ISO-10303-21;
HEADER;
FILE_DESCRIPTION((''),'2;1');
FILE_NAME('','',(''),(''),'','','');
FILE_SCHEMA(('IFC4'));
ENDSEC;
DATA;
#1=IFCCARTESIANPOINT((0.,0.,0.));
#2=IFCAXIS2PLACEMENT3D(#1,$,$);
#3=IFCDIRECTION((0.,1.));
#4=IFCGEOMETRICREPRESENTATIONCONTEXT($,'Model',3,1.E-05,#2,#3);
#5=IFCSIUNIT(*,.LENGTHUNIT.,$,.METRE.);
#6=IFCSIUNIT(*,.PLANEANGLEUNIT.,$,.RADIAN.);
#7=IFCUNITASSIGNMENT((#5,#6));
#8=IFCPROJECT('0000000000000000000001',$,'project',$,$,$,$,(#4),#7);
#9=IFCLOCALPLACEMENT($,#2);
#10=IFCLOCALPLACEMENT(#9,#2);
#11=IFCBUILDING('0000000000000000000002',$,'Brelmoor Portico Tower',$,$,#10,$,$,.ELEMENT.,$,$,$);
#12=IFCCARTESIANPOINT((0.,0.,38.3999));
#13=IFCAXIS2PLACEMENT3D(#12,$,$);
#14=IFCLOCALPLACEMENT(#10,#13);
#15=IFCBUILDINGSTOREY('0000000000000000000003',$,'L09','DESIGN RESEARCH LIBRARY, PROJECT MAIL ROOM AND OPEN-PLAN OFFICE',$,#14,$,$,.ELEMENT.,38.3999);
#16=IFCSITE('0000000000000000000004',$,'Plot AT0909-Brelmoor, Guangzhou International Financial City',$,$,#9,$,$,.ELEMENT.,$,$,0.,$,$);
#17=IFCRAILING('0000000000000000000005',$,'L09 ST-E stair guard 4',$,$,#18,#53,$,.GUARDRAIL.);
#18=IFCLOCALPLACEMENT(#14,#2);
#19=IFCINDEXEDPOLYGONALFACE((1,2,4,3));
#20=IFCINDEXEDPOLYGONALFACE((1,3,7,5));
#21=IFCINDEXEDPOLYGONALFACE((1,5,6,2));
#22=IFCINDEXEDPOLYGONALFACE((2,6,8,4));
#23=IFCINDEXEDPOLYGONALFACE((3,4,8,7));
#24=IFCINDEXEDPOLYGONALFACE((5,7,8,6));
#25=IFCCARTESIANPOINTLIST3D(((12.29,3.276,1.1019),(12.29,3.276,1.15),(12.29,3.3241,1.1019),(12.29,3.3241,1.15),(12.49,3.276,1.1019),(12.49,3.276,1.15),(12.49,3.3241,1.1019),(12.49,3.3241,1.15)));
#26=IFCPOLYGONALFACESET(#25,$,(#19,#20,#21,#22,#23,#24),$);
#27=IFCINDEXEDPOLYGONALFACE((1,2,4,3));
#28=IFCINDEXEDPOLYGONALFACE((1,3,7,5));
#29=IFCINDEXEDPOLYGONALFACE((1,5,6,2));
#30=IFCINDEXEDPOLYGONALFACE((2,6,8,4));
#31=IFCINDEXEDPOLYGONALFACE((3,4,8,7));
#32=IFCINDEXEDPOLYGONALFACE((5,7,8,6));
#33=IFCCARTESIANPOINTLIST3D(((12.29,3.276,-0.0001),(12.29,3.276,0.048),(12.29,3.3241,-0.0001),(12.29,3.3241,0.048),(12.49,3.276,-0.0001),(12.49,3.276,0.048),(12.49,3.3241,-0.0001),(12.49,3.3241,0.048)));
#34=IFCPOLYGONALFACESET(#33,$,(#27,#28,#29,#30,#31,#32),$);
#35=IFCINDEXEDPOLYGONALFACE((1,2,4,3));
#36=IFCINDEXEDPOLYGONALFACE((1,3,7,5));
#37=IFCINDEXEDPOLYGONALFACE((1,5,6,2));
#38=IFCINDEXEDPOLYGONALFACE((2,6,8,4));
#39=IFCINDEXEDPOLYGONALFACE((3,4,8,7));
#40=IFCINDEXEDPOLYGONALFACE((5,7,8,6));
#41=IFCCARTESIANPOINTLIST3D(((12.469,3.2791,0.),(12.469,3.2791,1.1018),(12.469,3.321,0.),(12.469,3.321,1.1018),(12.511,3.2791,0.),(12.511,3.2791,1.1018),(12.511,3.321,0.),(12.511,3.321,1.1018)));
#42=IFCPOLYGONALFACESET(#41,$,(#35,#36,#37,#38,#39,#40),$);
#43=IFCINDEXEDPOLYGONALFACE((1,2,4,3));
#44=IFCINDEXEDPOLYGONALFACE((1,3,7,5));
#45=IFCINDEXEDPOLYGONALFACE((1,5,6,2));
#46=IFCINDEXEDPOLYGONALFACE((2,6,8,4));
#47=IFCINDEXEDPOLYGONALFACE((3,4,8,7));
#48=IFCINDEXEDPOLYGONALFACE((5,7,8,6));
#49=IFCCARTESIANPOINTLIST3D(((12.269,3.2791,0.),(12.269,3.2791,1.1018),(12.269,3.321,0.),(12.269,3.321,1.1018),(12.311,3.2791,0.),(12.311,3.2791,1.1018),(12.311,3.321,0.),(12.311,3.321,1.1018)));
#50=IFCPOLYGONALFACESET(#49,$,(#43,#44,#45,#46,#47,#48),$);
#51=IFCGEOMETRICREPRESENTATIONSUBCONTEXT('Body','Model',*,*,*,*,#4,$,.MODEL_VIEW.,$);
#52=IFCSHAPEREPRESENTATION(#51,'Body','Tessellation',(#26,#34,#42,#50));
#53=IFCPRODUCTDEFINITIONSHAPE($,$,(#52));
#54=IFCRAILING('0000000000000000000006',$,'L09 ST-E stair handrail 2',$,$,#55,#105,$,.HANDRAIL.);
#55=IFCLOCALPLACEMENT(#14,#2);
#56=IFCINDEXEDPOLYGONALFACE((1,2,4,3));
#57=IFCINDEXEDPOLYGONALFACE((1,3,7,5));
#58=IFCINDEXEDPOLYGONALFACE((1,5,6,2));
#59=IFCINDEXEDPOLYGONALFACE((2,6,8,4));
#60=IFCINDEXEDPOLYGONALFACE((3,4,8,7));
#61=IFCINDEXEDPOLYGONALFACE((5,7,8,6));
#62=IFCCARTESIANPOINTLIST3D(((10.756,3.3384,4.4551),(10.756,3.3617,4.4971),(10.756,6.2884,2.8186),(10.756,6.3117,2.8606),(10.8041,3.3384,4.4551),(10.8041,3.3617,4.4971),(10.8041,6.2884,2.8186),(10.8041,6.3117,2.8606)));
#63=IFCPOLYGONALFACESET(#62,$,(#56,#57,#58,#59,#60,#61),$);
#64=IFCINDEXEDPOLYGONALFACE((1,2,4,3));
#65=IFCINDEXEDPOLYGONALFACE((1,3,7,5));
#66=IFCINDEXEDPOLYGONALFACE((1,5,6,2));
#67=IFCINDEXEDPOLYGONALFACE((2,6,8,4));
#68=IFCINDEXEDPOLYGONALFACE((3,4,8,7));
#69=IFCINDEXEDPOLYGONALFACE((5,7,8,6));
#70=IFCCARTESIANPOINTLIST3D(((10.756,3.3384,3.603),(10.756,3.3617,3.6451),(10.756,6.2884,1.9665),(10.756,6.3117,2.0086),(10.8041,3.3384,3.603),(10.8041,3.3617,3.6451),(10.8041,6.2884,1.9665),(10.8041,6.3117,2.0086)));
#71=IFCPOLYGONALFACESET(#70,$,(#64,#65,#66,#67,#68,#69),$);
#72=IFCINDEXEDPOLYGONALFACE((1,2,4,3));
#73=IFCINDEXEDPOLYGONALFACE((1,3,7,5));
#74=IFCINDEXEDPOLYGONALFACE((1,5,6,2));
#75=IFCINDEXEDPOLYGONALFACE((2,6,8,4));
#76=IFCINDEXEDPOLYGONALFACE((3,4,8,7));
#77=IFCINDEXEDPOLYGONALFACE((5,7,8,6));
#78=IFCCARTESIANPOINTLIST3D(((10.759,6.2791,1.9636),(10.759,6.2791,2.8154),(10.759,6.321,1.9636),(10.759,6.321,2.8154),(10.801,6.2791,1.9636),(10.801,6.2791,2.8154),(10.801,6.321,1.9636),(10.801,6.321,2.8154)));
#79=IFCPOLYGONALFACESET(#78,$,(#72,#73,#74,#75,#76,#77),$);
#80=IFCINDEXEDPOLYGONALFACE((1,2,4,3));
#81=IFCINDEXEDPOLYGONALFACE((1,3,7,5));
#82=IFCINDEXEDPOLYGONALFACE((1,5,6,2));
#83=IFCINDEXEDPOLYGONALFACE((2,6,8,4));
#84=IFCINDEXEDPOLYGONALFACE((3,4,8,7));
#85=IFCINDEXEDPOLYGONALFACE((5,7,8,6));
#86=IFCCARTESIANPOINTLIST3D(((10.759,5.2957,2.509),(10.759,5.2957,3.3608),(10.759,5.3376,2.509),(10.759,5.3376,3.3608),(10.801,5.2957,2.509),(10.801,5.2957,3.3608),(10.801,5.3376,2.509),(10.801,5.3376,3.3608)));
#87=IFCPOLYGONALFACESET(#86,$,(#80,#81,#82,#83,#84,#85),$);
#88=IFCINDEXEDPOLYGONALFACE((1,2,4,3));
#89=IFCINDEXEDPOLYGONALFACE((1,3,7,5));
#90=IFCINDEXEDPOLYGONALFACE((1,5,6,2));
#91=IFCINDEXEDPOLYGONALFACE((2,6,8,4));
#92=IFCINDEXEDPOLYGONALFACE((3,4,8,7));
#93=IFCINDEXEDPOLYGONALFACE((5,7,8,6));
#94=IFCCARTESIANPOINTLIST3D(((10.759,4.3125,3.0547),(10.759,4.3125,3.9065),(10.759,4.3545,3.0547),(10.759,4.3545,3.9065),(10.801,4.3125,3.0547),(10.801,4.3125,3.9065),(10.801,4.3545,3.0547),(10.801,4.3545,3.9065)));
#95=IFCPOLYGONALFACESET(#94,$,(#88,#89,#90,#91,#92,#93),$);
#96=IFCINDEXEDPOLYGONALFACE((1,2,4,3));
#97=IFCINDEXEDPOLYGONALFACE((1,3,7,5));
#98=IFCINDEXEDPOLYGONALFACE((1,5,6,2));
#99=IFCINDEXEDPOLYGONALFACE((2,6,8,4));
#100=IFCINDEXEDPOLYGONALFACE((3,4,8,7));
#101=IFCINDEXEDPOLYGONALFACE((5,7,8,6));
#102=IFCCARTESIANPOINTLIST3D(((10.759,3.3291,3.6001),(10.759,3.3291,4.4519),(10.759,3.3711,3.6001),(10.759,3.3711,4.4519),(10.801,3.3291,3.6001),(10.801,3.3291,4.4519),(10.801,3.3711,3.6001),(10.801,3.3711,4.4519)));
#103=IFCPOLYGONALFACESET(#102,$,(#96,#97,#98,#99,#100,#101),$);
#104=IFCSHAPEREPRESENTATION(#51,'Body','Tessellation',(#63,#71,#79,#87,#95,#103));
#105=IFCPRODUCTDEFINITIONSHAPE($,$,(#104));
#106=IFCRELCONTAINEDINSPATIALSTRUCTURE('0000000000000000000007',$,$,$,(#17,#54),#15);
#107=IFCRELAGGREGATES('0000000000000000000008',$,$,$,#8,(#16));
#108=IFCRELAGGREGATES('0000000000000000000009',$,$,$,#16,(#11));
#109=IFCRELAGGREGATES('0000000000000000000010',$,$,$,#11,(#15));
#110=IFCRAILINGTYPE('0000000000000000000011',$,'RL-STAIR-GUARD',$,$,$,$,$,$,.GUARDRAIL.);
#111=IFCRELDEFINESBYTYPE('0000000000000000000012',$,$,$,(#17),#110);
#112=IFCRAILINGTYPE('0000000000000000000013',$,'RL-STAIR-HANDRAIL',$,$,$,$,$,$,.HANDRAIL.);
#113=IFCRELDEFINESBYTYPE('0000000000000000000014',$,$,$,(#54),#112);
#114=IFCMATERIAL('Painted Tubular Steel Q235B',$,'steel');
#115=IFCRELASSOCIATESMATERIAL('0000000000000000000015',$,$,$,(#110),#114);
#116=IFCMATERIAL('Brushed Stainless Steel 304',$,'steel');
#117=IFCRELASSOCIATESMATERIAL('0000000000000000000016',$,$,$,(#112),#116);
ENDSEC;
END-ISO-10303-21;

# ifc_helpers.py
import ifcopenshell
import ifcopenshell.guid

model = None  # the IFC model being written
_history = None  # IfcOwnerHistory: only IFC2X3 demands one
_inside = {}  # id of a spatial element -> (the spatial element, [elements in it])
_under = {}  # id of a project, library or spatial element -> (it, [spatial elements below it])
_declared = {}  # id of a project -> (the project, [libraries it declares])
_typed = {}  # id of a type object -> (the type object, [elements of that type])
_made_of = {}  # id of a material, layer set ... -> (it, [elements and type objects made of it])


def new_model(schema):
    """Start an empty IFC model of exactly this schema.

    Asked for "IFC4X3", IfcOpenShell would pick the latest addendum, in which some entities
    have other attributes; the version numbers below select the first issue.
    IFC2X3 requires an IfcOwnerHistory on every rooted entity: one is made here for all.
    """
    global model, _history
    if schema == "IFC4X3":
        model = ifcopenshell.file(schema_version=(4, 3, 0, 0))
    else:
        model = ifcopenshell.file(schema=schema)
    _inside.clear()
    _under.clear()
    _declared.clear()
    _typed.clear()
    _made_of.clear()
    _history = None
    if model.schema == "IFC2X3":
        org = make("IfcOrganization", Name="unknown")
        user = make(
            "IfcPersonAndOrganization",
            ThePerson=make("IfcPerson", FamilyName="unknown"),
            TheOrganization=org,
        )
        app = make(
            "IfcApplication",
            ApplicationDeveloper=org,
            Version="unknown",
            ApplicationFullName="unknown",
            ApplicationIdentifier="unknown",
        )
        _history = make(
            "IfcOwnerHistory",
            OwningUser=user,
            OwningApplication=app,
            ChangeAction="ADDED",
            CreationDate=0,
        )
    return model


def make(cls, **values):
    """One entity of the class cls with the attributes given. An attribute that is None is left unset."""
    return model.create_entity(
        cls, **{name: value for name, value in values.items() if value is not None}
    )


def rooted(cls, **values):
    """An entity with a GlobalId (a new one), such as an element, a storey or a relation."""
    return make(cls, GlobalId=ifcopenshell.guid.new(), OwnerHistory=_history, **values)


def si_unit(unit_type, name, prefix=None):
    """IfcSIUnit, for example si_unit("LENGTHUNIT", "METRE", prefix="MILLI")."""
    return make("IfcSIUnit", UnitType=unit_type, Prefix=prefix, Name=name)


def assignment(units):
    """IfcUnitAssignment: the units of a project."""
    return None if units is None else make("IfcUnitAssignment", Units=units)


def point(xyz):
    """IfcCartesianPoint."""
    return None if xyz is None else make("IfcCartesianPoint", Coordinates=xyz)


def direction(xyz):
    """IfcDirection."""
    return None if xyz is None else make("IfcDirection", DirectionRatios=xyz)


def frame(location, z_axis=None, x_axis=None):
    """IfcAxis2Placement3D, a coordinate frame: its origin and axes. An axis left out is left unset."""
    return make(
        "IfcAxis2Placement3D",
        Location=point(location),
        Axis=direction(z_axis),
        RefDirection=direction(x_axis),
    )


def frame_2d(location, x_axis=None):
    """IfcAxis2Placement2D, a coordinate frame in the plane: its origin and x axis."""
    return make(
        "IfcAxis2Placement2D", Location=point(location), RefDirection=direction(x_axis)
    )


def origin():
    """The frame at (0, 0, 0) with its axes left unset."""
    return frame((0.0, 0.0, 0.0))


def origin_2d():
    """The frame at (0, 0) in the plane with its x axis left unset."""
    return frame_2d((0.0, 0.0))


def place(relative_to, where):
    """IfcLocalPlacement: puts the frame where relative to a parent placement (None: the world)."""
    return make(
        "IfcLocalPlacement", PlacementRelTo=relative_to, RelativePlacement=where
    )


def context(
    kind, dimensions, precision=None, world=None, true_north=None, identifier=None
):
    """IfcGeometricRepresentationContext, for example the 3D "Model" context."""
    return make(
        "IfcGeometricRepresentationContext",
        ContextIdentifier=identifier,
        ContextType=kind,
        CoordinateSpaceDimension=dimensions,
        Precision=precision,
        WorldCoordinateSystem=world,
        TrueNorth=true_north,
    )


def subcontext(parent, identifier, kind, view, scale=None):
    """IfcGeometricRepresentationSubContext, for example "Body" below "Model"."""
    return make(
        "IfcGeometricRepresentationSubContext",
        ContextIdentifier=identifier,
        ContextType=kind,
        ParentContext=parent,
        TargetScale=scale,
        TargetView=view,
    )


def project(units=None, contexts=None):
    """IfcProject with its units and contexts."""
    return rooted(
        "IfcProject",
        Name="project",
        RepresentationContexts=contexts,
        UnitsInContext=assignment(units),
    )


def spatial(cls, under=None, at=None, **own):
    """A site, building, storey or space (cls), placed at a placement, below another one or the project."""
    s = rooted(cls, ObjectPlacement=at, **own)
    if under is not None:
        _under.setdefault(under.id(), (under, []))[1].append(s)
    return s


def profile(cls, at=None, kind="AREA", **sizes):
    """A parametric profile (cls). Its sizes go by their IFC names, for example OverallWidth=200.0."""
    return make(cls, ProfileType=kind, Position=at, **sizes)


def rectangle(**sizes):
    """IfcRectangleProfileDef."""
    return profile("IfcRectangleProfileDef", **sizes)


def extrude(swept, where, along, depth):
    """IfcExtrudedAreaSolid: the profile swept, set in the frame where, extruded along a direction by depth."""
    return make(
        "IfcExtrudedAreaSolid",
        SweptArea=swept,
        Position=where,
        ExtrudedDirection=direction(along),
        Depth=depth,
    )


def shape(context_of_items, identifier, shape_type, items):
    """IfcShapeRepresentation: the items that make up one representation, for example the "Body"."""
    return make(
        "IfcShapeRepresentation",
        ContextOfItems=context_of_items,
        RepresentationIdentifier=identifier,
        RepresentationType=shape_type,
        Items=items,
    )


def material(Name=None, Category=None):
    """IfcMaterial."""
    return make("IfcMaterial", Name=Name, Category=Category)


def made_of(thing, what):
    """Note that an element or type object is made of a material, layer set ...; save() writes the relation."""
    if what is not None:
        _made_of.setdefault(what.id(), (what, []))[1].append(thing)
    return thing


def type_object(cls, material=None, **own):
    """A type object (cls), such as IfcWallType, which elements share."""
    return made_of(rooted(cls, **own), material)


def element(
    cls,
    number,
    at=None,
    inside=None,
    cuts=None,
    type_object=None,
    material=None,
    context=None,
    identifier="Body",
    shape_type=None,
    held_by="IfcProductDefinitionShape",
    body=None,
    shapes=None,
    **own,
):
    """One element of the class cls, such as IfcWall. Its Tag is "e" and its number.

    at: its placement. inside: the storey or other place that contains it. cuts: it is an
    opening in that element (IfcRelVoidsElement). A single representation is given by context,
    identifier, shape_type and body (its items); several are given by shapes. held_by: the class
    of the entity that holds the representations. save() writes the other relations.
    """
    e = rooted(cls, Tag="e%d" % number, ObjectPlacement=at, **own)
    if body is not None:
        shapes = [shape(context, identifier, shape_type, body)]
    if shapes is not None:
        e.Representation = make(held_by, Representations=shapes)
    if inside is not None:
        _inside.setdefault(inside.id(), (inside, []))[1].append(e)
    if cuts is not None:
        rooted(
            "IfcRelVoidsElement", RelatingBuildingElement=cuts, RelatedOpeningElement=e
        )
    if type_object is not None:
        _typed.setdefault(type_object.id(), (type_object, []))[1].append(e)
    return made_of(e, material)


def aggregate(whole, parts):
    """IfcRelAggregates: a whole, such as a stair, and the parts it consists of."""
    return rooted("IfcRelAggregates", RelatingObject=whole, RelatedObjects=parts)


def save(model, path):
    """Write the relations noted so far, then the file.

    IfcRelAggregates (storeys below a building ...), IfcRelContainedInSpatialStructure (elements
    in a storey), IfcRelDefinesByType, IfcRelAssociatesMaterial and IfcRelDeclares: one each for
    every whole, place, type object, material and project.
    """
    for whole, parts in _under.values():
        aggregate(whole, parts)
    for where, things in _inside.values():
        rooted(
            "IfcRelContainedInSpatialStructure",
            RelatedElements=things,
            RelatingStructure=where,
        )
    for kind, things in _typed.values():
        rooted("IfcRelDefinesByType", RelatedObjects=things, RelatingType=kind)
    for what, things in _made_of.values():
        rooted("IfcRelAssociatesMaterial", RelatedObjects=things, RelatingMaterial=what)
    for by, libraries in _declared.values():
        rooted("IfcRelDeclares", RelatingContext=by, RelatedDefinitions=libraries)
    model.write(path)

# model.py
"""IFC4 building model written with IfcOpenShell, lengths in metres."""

from ifc_helpers import new_model, si_unit, direction, frame, origin, origin_2d, place, context, subcontext, project, spatial, rectangle, extrude, material, type_object, element, save


model = new_model("IFC4")

# Units and contexts
model_context = context("Model", 3, precision=1e-05, world=origin(), true_north=direction((0.0, 1.0)))
body_context = subcontext(model_context, "Body", "Model", "MODEL_VIEW")
ifc_project = project(units=[si_unit("LENGTHUNIT", "METRE"), si_unit("PLANEANGLEUNIT", "RADIAN")], contexts=[model_context])

# Site, building, storey
site_placement = place(None, origin())
site = spatial("IfcSite", under=ifc_project, at=site_placement, Name="Plot AT0909-Brelmoor, Guangzhou International Financial City", CompositionType="ELEMENT", RefElevation=0.0)
building_placement = place(site_placement, origin())
building = spatial("IfcBuilding", under=site, at=building_placement, Name="Brelmoor Portico Tower", CompositionType="ELEMENT")
storey_placement = place(building_placement, frame((0.0, 0.0, 38.3999)))
storey = spatial("IfcBuildingStorey", under=building, at=storey_placement, Name="L09", Description="DESIGN RESEARCH LIBRARY, PROJECT MAIL ROOM AND OPEN-PLAN OFFICE", CompositionType="ELEMENT", Elevation=38.3999)

# Railings
ifc_material_1 = material(Name="Painted Tubular Steel Q235B", Category="steel")
railing_type_1 = type_object("IfcRailingType", Name="RL-STAIR-GUARD", PredefinedType="GUARDRAIL", material=ifc_material_1)
railing_1_placement = place(storey_placement, frame((12.49, 3.3, 0.0)))
element("IfcRailing", 1, at=railing_1_placement, inside=storey, type_object=railing_type_1, Name="L09 ST-E stair guard 4", PredefinedType="GUARDRAIL", context=body_context, shape_type="SweptSolid", body=[
    extrude(rectangle(XDim=0.0481, YDim=0.0481, at=origin_2d()), frame((0.0, 0.0, 1.126), z_axis=(-1.0, 0.0, 0.0), x_axis=(0.0, -1.0, 0.0)), (0.0, 0.0, 1.0), 0.2),
    extrude(rectangle(XDim=0.0481, YDim=0.0481, at=origin_2d()), frame((0.0, 0.0, 0.0239), z_axis=(-1.0, 0.0, 0.0), x_axis=(0.0, -1.0, 0.0)), (0.0, 0.0, 1.0), 0.2),
    extrude(rectangle(XDim=0.042, YDim=0.042, at=origin_2d()), origin(), (0.0, 0.0, 1.0), 1.1018),
    extrude(rectangle(XDim=0.042, YDim=0.042, at=origin_2d()), frame((-0.2, 0.0, 0.0)), (0.0, 0.0, 1.0), 1.1018),
])
ifc_material_2 = material(Name="Brushed Stainless Steel 304", Category="steel")
railing_type_2 = type_object("IfcRailingType", Name="RL-STAIR-HANDRAIL", PredefinedType="HANDRAIL", material=ifc_material_2)
railing_2_placement = place(storey_placement, frame((10.78, 6.3, 1.9636)))
element("IfcRailing", 2, at=railing_2_placement, inside=storey, type_object=railing_type_2, Name="L09 ST-E stair handrail 2", PredefinedType="HANDRAIL", context=body_context, shape_type="SweptSolid", body=[
    extrude(rectangle(XDim=0.0481, YDim=0.0481, at=origin_2d()), frame((0.0, 0.0, 0.876), z_axis=(0.0, -0.874458, 0.485102), x_axis=(1.0, 0.0, 0.0)), (0.0, 0.0, 1.0), 3.3735),
    extrude(rectangle(XDim=0.0481, YDim=0.0481, at=origin_2d()), frame((0.0, 0.0, 0.0239), z_axis=(0.0, -0.874458, 0.485102), x_axis=(1.0, 0.0, 0.0)), (0.0, 0.0, 1.0), 3.3735),
    extrude(rectangle(XDim=0.042, YDim=0.042, at=origin_2d()), origin(), (0.0, 0.0, 1.0), 0.8518),
    extrude(rectangle(XDim=0.042, YDim=0.042, at=origin_2d()), frame((0.0, -0.9834, 0.5454)), (0.0, 0.0, 1.0), 0.8518),
    extrude(rectangle(XDim=0.042, YDim=0.042, at=origin_2d()), frame((0.0, -1.9666, 1.0911)), (0.0, 0.0, 1.0), 0.8518),
    extrude(rectangle(XDim=0.042, YDim=0.042, at=origin_2d()), frame((0.0, -2.95, 1.6365)), (0.0, 0.0, 1.0), 0.8518),
])

save(model, "model.ifc")
